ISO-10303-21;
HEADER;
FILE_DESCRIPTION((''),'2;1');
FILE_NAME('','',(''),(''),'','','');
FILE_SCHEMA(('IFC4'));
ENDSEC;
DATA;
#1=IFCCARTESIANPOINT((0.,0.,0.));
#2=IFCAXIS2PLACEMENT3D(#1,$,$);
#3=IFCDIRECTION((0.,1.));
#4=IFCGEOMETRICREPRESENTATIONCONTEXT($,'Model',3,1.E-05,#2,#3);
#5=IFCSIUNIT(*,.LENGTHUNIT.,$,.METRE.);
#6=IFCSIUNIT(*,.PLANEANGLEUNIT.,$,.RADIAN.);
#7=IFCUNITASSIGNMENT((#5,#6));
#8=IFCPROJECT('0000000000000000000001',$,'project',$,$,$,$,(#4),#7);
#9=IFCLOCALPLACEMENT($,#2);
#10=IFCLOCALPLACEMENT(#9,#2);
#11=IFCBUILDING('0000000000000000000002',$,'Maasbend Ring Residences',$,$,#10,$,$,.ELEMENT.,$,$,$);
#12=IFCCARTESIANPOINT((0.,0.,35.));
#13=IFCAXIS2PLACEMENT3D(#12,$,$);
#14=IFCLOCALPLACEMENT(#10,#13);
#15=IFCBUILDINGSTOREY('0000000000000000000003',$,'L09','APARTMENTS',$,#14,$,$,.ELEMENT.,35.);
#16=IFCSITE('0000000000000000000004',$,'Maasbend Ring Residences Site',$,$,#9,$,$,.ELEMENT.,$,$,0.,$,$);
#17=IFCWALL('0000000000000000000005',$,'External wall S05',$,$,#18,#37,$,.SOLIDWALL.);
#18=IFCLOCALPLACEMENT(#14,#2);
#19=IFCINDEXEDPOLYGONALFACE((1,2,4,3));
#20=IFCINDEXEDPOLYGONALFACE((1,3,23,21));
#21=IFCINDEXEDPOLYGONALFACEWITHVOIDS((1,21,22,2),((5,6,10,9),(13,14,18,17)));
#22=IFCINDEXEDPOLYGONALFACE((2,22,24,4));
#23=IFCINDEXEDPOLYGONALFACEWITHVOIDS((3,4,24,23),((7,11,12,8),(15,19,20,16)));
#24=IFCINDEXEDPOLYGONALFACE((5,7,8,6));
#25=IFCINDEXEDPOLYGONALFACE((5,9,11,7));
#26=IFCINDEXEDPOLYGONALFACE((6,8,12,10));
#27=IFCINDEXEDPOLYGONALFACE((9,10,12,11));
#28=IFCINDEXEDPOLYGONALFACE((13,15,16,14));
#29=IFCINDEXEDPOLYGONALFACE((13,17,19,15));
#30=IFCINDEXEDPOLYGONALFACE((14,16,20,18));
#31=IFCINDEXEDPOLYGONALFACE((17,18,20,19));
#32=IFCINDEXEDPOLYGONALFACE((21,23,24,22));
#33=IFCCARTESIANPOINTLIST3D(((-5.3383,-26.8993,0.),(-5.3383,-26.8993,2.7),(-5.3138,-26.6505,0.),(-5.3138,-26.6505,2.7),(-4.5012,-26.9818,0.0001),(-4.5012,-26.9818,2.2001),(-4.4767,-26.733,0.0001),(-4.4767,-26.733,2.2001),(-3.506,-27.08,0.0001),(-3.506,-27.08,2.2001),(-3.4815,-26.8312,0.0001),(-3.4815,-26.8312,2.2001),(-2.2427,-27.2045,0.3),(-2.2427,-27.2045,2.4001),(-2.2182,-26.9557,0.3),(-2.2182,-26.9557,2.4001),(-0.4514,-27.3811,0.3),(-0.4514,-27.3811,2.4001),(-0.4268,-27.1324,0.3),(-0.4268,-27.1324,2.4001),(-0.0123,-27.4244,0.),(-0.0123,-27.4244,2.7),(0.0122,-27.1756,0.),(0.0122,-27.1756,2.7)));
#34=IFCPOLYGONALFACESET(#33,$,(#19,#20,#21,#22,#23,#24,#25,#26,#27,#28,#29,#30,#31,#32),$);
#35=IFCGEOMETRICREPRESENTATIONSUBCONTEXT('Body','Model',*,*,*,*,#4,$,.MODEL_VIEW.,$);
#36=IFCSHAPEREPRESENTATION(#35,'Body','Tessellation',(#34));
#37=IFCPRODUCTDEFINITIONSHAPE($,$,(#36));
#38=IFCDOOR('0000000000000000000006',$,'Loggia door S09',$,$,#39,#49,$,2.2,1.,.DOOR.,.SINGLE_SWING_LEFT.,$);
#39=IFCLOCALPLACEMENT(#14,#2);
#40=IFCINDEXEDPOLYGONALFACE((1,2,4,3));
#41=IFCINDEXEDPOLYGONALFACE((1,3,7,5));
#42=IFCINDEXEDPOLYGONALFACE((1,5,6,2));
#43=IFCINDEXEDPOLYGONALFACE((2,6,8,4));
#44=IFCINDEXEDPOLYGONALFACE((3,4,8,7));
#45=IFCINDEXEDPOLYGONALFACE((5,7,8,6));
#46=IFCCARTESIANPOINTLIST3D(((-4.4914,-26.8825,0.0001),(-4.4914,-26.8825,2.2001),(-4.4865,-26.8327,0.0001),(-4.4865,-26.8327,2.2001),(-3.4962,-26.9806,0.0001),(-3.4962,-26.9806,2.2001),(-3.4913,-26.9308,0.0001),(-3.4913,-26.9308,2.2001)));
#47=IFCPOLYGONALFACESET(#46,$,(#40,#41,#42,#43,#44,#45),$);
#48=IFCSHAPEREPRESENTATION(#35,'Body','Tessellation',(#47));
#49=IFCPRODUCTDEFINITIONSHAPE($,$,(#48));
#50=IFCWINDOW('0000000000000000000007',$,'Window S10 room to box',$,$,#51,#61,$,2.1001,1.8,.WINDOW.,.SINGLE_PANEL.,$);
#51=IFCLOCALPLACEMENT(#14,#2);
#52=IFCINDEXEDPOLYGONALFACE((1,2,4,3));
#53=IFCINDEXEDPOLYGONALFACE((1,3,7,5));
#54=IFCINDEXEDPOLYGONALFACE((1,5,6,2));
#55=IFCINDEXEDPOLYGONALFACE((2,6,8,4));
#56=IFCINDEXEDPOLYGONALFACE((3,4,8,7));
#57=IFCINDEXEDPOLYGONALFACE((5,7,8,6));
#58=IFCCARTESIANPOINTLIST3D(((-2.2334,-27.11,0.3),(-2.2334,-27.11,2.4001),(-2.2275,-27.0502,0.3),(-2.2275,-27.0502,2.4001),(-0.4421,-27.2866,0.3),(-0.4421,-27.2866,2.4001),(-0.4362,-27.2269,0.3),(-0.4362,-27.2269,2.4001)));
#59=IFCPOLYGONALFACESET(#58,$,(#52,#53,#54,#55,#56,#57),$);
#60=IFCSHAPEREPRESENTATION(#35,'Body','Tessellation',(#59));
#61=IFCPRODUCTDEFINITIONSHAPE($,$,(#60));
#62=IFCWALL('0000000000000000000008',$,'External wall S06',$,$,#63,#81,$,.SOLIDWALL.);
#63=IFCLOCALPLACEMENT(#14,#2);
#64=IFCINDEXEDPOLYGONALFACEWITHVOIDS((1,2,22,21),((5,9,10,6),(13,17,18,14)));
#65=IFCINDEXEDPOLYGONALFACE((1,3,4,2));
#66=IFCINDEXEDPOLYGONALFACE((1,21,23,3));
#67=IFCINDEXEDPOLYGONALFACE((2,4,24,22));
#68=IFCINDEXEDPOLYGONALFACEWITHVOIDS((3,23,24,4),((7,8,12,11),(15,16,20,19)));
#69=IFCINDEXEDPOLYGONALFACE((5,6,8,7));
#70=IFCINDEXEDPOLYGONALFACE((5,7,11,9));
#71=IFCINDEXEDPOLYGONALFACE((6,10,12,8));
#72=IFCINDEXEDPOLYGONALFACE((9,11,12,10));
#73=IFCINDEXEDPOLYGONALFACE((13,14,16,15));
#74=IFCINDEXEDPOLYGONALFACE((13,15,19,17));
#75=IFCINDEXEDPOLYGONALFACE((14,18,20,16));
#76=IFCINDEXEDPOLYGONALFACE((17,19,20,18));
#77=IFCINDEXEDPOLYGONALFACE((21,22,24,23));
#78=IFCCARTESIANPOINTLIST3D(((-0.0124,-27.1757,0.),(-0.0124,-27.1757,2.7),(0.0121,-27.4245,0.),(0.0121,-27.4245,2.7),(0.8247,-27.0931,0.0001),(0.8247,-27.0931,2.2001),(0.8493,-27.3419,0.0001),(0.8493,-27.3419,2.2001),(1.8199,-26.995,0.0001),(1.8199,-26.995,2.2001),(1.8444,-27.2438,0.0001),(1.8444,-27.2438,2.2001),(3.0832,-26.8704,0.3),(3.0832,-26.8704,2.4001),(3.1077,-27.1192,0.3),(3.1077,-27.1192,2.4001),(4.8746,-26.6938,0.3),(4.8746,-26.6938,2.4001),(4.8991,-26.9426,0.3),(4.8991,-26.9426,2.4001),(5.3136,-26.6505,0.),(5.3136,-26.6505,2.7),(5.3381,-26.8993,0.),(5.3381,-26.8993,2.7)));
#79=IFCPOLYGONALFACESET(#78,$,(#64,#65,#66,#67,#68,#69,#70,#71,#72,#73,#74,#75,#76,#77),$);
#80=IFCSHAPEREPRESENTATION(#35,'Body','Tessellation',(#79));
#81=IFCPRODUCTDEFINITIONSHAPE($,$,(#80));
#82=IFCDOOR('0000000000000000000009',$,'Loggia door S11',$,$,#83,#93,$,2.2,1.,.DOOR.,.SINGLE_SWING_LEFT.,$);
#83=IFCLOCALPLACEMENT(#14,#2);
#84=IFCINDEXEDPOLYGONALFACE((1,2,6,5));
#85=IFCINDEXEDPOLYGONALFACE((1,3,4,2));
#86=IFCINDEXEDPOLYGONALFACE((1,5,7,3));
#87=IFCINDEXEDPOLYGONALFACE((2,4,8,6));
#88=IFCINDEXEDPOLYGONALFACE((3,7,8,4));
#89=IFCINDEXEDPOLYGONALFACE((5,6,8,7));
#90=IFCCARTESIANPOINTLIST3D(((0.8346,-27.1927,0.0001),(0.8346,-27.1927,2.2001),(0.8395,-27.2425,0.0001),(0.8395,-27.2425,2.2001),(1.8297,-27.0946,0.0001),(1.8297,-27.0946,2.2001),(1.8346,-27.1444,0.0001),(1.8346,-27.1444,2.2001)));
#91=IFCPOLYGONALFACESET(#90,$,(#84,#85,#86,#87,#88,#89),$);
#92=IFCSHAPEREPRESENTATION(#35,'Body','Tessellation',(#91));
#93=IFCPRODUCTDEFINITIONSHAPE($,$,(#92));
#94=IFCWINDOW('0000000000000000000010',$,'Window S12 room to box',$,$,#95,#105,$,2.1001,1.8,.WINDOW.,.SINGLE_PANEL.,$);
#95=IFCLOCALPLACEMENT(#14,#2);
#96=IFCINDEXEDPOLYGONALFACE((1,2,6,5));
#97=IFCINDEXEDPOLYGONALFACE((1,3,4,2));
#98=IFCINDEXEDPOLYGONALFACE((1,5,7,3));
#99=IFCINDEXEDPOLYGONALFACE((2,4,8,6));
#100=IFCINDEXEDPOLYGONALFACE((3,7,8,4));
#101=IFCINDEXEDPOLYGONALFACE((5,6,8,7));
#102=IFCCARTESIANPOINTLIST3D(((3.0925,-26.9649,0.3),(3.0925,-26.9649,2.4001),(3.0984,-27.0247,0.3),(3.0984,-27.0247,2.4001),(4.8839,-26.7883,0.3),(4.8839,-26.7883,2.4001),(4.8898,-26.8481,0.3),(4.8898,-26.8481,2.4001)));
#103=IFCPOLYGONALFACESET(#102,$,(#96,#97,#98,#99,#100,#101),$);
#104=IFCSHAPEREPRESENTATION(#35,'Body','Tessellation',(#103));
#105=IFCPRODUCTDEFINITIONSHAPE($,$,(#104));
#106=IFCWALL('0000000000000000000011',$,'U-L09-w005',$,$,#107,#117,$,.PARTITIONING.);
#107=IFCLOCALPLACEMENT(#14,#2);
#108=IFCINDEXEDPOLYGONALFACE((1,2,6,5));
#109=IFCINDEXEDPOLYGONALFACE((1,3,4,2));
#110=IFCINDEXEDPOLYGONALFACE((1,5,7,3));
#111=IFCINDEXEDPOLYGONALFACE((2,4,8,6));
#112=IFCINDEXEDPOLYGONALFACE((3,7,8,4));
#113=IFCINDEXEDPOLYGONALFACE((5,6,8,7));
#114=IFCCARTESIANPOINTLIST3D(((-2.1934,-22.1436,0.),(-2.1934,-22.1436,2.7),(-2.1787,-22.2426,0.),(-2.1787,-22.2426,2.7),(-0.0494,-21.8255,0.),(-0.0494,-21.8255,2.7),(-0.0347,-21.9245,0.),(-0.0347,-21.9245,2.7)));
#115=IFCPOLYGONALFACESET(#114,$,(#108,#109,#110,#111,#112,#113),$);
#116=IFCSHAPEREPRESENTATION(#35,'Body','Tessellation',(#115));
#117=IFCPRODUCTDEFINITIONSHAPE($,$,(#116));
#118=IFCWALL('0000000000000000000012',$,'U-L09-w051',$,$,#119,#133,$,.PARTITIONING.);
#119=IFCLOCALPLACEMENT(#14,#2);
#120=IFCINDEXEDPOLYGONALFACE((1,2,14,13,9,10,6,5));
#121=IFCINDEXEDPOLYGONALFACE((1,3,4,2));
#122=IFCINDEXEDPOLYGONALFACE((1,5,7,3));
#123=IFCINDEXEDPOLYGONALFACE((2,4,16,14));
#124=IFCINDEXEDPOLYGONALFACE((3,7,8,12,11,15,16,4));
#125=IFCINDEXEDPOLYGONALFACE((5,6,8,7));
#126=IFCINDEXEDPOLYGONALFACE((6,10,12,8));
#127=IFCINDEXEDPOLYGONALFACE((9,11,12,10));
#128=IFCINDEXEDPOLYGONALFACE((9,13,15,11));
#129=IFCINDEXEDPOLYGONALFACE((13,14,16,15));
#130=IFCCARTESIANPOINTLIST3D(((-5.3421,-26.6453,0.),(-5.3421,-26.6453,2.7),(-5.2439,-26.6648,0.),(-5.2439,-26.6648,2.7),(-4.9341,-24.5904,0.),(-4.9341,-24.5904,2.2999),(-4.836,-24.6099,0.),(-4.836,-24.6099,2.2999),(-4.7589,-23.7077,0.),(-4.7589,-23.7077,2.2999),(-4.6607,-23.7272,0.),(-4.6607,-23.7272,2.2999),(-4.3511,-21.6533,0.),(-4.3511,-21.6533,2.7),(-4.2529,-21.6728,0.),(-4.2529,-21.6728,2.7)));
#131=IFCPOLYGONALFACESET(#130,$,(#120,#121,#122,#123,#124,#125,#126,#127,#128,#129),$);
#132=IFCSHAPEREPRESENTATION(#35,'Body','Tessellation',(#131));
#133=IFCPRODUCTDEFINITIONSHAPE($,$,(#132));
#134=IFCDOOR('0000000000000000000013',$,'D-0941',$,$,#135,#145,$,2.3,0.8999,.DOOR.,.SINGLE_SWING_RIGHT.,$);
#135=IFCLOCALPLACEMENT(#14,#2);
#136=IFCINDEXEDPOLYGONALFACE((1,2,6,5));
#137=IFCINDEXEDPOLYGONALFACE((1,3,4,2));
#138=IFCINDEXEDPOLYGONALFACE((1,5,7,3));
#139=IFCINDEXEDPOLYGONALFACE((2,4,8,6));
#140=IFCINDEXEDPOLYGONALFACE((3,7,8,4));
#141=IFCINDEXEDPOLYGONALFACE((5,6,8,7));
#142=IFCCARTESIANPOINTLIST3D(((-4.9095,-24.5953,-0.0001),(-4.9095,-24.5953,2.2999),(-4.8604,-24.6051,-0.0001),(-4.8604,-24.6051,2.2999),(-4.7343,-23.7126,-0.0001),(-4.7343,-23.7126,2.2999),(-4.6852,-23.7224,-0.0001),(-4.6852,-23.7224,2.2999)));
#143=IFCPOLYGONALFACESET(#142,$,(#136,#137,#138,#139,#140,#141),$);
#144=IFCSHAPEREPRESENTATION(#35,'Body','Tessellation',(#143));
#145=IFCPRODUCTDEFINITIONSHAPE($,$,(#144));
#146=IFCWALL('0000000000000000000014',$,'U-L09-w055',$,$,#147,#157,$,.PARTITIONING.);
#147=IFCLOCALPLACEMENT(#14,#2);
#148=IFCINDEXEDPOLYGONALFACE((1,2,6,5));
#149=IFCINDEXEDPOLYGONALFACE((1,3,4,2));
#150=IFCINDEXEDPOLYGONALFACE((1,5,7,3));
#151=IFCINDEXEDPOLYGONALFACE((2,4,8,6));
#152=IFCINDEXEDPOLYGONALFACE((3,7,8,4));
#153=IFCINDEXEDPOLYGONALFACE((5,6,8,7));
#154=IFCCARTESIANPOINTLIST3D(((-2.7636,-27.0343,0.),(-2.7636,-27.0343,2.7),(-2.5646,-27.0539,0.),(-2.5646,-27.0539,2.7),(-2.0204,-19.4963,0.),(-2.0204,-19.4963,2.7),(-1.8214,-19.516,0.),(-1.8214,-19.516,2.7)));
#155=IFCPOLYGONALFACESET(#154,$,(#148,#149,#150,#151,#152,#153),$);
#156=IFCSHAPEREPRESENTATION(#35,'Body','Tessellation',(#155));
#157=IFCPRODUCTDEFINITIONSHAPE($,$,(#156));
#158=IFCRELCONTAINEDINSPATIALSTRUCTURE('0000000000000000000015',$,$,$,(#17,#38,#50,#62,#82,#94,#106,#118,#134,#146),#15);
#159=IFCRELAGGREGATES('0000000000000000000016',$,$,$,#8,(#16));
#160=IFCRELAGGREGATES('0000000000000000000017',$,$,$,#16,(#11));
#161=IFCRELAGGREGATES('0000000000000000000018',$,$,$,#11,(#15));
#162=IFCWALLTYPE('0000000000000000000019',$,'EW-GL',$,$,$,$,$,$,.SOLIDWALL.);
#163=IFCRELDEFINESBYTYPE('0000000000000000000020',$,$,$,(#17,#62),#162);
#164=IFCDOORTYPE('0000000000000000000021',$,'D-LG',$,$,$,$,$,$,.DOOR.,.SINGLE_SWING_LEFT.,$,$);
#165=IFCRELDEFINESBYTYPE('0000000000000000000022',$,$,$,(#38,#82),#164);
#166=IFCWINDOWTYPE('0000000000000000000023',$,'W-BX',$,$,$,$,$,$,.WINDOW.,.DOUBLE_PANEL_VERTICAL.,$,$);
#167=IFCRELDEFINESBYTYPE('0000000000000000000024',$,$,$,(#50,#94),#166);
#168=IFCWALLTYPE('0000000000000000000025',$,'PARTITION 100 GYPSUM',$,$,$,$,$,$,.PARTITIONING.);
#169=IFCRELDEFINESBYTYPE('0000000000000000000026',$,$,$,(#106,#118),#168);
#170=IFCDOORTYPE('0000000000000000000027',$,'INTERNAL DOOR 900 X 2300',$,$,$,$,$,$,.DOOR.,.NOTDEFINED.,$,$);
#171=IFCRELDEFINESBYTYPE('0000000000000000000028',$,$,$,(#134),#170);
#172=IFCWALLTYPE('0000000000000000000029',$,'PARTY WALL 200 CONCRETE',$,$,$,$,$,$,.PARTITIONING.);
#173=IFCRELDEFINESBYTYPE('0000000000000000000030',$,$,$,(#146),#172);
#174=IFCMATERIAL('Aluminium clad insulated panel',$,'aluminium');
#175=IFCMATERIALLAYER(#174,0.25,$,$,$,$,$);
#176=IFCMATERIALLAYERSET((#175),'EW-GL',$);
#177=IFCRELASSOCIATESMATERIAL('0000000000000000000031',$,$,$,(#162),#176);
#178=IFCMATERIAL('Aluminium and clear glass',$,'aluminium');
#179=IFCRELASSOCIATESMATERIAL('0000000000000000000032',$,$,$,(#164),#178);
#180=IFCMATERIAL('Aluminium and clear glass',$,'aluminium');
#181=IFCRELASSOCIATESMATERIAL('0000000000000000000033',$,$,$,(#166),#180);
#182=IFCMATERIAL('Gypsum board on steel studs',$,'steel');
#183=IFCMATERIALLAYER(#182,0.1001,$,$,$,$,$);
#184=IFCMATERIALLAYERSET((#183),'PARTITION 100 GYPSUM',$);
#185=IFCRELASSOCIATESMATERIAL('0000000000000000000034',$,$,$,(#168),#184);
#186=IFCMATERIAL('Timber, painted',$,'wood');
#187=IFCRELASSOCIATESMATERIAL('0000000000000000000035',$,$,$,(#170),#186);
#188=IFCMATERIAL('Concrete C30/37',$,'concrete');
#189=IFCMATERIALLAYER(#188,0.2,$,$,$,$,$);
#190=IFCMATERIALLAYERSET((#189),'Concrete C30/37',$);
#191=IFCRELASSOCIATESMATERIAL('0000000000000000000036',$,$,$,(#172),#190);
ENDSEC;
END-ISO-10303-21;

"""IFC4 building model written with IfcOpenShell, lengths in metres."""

from ifc_helpers import new_model, si_unit, direction, frame, frame_2d, origin, place, context, subcontext, project, spatial, rectangle, extrude, material, layer, layer_set, type_object, element, fill, save


model = new_model("IFC4")

# Units and contexts
model_context = context("Model", 3, precision=1e-05, world=origin(), true_north=direction((0.0, 1.0)))
body_context = subcontext(model_context, "Body", "Model", "MODEL_VIEW")
ifc_project = project(units=[si_unit("LENGTHUNIT", "METRE"), si_unit("PLANEANGLEUNIT", "RADIAN")], contexts=[model_context])

# Site, building, storey
site_placement = place(None, origin())
site = spatial("IfcSite", under=ifc_project, at=site_placement, Name="Maasbend Ring Residences Site", CompositionType="ELEMENT", RefElevation=0.0)
building_placement = place(site_placement, origin())
building = spatial("IfcBuilding", under=site, at=building_placement, Name="Maasbend Ring Residences", CompositionType="ELEMENT")
storey_placement = place(building_placement, frame((0.0, 0.0, 35.0)))
storey = spatial("IfcBuildingStorey", under=building, at=storey_placement, Name="L09", Description="APARTMENTS", CompositionType="ELEMENT", Elevation=35.0)

# Walls, openings, doors, windows
ifc_material_1 = material(Name="Aluminium clad insulated panel", Category="aluminium")
ifc_layer_1 = layer(ifc_material_1, 0.25)
ifc_layer_set_1 = layer_set([ifc_layer_1], Name="EW-GL")
wall_type_1 = type_object("IfcWallType", Name="EW-GL", PredefinedType="SOLIDWALL", material=ifc_layer_set_1)
wall_1_placement = place(storey_placement, frame((-5.3259, -26.7749, 0.0), z_axis=(0.0, 0.0, 1.0), x_axis=(0.995174, -0.098126, 0.0)))
wall_1 = element("IfcWall", 1, at=wall_1_placement, inside=storey, type_object=wall_type_1, Name="External wall S05", PredefinedType="SOLIDWALL", context=body_context, shape_type="SweptSolid", body=[
    extrude(rectangle(XDim=5.3518, YDim=0.25, at=frame_2d((2.6758, 0.0))), origin(), (0.0, 0.0, 1.0), 2.7),
])
opening_1_placement = place(wall_1_placement, frame((0.8411, 0.0, 0.0)))
opening_1 = element("IfcOpeningElement", 2, at=opening_1_placement, cuts=wall_1, PredefinedType="OPENING", context=body_context, shape_type="SweptSolid", body=[
    extrude(rectangle(XDim=1.0, YDim=2.2, at=frame_2d((0.5, 1.1001))), frame((0.0, 0.135, 0.0), z_axis=(0.0, -1.0, 0.0), x_axis=(1.0, 0.0, 0.0)), (0.0, 0.0, 1.0), 0.27),
])
opening_2_placement = place(wall_1_placement, frame((3.1106, 0.0, 0.3)))
opening_2 = element("IfcOpeningElement", 3, at=opening_2_placement, cuts=wall_1, PredefinedType="OPENING", context=body_context, shape_type="SweptSolid", body=[
    extrude(rectangle(XDim=1.8, YDim=2.1001, at=frame_2d((0.8999, 1.05))), frame((0.0, 0.135, 0.0), z_axis=(0.0, -1.0, 0.0), x_axis=(1.0, 0.0, 0.0)), (0.0, 0.0, 1.0), 0.27),
])
ifc_material_2 = material(Name="Aluminium and clear glass", Category="aluminium")
door_type_1 = type_object("IfcDoorType", Name="D-LG", OperationType="SINGLE_SWING_LEFT", PredefinedType="DOOR", material=ifc_material_2)
door_1_placement = place(opening_1_placement, origin())
door_1 = element("IfcDoor", 4, at=door_1_placement, inside=storey, type_object=door_type_1, Name="Loggia door S09", OperationType="SINGLE_SWING_LEFT", OverallHeight=2.2, OverallWidth=1.0, PredefinedType="DOOR", context=body_context, shape_type="SweptSolid", body=[
    extrude(rectangle(XDim=1.0, YDim=2.2, at=frame_2d((0.5, 1.1001))), frame((0.0, 0.0249, 0.0), z_axis=(0.0, -1.0, 0.0), x_axis=(1.0, 0.0, 0.0)), (0.0, 0.0, 1.0), 0.05),
])
fill(opening_1, door_1)
ifc_material_3 = material(Name="Aluminium and clear glass", Category="aluminium")
window_type_1 = type_object("IfcWindowType", Name="W-BX", PartitioningType="DOUBLE_PANEL_VERTICAL", PredefinedType="WINDOW", material=ifc_material_3)
window_1_placement = place(opening_2_placement, origin())
window_1 = element("IfcWindow", 5, at=window_1_placement, inside=storey, type_object=window_type_1, Name="Window S10 room to box", OverallHeight=2.1001, OverallWidth=1.8, PartitioningType="SINGLE_PANEL", PredefinedType="WINDOW", context=body_context, shape_type="SweptSolid", body=[
    extrude(rectangle(XDim=1.8, YDim=2.1001, at=frame_2d((0.8999, 1.05))), frame((0.0, 0.03, 0.0), z_axis=(0.0, -1.0, 0.0), x_axis=(1.0, 0.0, 0.0)), (0.0, 0.0, 1.0), 0.0601),
])
fill(opening_2, window_1)
wall_2_placement = place(storey_placement, frame((0.0, -27.3, 0.0), z_axis=(0.0, 0.0, 1.0), x_axis=(0.995174, 0.098126, 0.0)))
wall_2 = element("IfcWall", 6, at=wall_2_placement, inside=storey, type_object=wall_type_1, Name="External wall S06", PredefinedType="SOLIDWALL", context=body_context, shape_type="SweptSolid", body=[
    extrude(rectangle(XDim=5.3518, YDim=0.25, at=frame_2d((2.6758, 0.0))), origin(), (0.0, 0.0, 1.0), 2.7),
])
opening_3_placement = place(wall_2_placement, frame((0.8411, 0.0, 0.0)))
opening_3 = element("IfcOpeningElement", 7, at=opening_3_placement, cuts=wall_2, PredefinedType="OPENING", context=body_context, shape_type="SweptSolid", body=[
    extrude(rectangle(XDim=1.0, YDim=2.2, at=frame_2d((0.5, 1.1001))), frame((0.0, 0.135, 0.0), z_axis=(0.0, -1.0, 0.0), x_axis=(1.0, 0.0, 0.0)), (0.0, 0.0, 1.0), 0.27),
])
opening_4_placement = place(wall_2_placement, frame((3.1106, 0.0, 0.3)))
opening_4 = element("IfcOpeningElement", 8, at=opening_4_placement, cuts=wall_2, PredefinedType="OPENING", context=body_context, shape_type="SweptSolid", body=[
    extrude(rectangle(XDim=1.8, YDim=2.1001, at=frame_2d((0.8999, 1.05))), frame((0.0, 0.135, 0.0), z_axis=(0.0, -1.0, 0.0), x_axis=(1.0, 0.0, 0.0)), (0.0, 0.0, 1.0), 0.27),
])
door_2_placement = place(opening_3_placement, origin())
door_2 = element("IfcDoor", 9, at=door_2_placement, inside=storey, type_object=door_type_1, Name="Loggia door S11", OperationType="SINGLE_SWING_LEFT", OverallHeight=2.2, OverallWidth=1.0, PredefinedType="DOOR", context=body_context, shape_type="SweptSolid", body=[
    extrude(rectangle(XDim=1.0, YDim=2.2, at=frame_2d((0.5, 1.1001))), frame((0.0, 0.0249, 0.0), z_axis=(0.0, -1.0, 0.0), x_axis=(1.0, 0.0, 0.0)), (0.0, 0.0, 1.0), 0.05),
])
fill(opening_3, door_2)
window_2_placement = place(opening_4_placement, origin())
window_2 = element("IfcWindow", 10, at=window_2_placement, inside=storey, type_object=window_type_1, Name="Window S12 room to box", OverallHeight=2.1001, OverallWidth=1.8, PartitioningType="SINGLE_PANEL", PredefinedType="WINDOW", context=body_context, shape_type="SweptSolid", body=[
    extrude(rectangle(XDim=1.8, YDim=2.1001, at=frame_2d((0.8999, 1.05))), frame((0.0, 0.03, 0.0), z_axis=(0.0, -1.0, 0.0), x_axis=(1.0, 0.0, 0.0)), (0.0, 0.0, 1.0), 0.0601),
])
fill(opening_4, window_2)

# Wall
ifc_material_4 = material(Name="Gypsum board on steel studs", Category="steel")
ifc_layer_2 = layer(ifc_material_4, 0.1001)
ifc_layer_set_2 = layer_set([ifc_layer_2], Name="PARTITION 100 GYPSUM")
wall_type_2 = type_object("IfcWallType", Name="PARTITION 100 GYPSUM", PredefinedType="PARTITIONING", material=ifc_layer_set_2)
wall_3_placement = place(storey_placement, frame((-2.186, -22.1931, 0.0), z_axis=(0.0, 0.0, 1.0), x_axis=(0.989171, 0.146765, 0.0)))
element("IfcWall", 11, at=wall_3_placement, inside=storey, type_object=wall_type_2, Name="U-L09-w005", PredefinedType="PARTITIONING", context=body_context, shape_type="SweptSolid", body=[
    extrude(rectangle(XDim=2.1675, YDim=0.1001, at=frame_2d((1.0837, 0.0))), origin(), (0.0, 0.0, 1.0), 2.7),
])

# Wall, opening, door
wall_4_placement = place(storey_placement, frame((-5.293, -26.655, 0.0), z_axis=(0.0, 0.0, 1.0), x_axis=(0.194714, 0.98086, 0.0)))
wall_4 = element("IfcWall", 12, at=wall_4_placement, inside=storey, type_object=wall_type_2, Name="U-L09-w051", PredefinedType="PARTITIONING", context=body_context, shape_type="SweptSolid", body=[
    extrude(rectangle(XDim=5.0894, YDim=0.1001, at=frame_2d((2.5447, 0.0))), origin(), (0.0, 0.0, 1.0), 2.7),
])
opening_5_placement = place(wall_4_placement, frame((2.095, 0.0, 0.0)))
opening_5 = element("IfcOpeningElement", 13, at=opening_5_placement, cuts=wall_4, PredefinedType="OPENING", context=body_context, shape_type="SweptSolid", body=[
    extrude(rectangle(XDim=0.8999, YDim=2.3, at=frame_2d((0.45, 1.1499))), frame((0.0, 0.0601, 0.0), z_axis=(0.0, -1.0, 0.0), x_axis=(1.0, 0.0, 0.0)), (0.0, 0.0, 1.0), 0.1201),
])
ifc_material_5 = material(Name="Timber, painted", Category="wood")
door_type_2 = type_object("IfcDoorType", Name="INTERNAL DOOR 900 X 2300", OperationType="NOTDEFINED", PredefinedType="DOOR", material=ifc_material_5)
door_3_placement = place(opening_5_placement, origin())
door_3 = element("IfcDoor", 14, at=door_3_placement, inside=storey, type_object=door_type_2, Name="D-0941", OperationType="SINGLE_SWING_RIGHT", OverallHeight=2.3, OverallWidth=0.8999, PredefinedType="DOOR", context=body_context, shape_type="SweptSolid", body=[
    extrude(rectangle(XDim=0.8999, YDim=2.3, at=frame_2d((0.45, 1.1499))), frame((0.0, 0.0249, 0.0), z_axis=(0.0, -1.0, 0.0), x_axis=(1.0, 0.0, 0.0)), (0.0, 0.0, 1.0), 0.05),
])
fill(opening_5, door_3)

# Wall
ifc_material_6 = material(Name="Concrete C30/37", Category="concrete")
ifc_layer_3 = layer(ifc_material_6, 0.2)
ifc_layer_set_3 = layer_set([ifc_layer_3], Name="Concrete C30/37")
wall_type_3 = type_object("IfcWallType", Name="PARTY WALL 200 CONCRETE", PredefinedType="PARTITIONING", material=ifc_layer_set_3)
wall_5_placement = place(storey_placement, frame((-2.6641, -27.0439, 0.0), z_axis=(0.0, 0.0, 1.0), x_axis=(0.098115, 0.995175, 0.0)))
element("IfcWall", 15, at=wall_5_placement, inside=storey, type_object=wall_type_3, Name="U-L09-w055", PredefinedType="PARTITIONING", context=body_context, shape_type="SweptSolid", body=[
    extrude(rectangle(XDim=7.5745, YDim=0.2, at=frame_2d((3.7871, 0.0))), origin(), (0.0, 0.0, 1.0), 2.7),
])

save(model, "model.ifc")
